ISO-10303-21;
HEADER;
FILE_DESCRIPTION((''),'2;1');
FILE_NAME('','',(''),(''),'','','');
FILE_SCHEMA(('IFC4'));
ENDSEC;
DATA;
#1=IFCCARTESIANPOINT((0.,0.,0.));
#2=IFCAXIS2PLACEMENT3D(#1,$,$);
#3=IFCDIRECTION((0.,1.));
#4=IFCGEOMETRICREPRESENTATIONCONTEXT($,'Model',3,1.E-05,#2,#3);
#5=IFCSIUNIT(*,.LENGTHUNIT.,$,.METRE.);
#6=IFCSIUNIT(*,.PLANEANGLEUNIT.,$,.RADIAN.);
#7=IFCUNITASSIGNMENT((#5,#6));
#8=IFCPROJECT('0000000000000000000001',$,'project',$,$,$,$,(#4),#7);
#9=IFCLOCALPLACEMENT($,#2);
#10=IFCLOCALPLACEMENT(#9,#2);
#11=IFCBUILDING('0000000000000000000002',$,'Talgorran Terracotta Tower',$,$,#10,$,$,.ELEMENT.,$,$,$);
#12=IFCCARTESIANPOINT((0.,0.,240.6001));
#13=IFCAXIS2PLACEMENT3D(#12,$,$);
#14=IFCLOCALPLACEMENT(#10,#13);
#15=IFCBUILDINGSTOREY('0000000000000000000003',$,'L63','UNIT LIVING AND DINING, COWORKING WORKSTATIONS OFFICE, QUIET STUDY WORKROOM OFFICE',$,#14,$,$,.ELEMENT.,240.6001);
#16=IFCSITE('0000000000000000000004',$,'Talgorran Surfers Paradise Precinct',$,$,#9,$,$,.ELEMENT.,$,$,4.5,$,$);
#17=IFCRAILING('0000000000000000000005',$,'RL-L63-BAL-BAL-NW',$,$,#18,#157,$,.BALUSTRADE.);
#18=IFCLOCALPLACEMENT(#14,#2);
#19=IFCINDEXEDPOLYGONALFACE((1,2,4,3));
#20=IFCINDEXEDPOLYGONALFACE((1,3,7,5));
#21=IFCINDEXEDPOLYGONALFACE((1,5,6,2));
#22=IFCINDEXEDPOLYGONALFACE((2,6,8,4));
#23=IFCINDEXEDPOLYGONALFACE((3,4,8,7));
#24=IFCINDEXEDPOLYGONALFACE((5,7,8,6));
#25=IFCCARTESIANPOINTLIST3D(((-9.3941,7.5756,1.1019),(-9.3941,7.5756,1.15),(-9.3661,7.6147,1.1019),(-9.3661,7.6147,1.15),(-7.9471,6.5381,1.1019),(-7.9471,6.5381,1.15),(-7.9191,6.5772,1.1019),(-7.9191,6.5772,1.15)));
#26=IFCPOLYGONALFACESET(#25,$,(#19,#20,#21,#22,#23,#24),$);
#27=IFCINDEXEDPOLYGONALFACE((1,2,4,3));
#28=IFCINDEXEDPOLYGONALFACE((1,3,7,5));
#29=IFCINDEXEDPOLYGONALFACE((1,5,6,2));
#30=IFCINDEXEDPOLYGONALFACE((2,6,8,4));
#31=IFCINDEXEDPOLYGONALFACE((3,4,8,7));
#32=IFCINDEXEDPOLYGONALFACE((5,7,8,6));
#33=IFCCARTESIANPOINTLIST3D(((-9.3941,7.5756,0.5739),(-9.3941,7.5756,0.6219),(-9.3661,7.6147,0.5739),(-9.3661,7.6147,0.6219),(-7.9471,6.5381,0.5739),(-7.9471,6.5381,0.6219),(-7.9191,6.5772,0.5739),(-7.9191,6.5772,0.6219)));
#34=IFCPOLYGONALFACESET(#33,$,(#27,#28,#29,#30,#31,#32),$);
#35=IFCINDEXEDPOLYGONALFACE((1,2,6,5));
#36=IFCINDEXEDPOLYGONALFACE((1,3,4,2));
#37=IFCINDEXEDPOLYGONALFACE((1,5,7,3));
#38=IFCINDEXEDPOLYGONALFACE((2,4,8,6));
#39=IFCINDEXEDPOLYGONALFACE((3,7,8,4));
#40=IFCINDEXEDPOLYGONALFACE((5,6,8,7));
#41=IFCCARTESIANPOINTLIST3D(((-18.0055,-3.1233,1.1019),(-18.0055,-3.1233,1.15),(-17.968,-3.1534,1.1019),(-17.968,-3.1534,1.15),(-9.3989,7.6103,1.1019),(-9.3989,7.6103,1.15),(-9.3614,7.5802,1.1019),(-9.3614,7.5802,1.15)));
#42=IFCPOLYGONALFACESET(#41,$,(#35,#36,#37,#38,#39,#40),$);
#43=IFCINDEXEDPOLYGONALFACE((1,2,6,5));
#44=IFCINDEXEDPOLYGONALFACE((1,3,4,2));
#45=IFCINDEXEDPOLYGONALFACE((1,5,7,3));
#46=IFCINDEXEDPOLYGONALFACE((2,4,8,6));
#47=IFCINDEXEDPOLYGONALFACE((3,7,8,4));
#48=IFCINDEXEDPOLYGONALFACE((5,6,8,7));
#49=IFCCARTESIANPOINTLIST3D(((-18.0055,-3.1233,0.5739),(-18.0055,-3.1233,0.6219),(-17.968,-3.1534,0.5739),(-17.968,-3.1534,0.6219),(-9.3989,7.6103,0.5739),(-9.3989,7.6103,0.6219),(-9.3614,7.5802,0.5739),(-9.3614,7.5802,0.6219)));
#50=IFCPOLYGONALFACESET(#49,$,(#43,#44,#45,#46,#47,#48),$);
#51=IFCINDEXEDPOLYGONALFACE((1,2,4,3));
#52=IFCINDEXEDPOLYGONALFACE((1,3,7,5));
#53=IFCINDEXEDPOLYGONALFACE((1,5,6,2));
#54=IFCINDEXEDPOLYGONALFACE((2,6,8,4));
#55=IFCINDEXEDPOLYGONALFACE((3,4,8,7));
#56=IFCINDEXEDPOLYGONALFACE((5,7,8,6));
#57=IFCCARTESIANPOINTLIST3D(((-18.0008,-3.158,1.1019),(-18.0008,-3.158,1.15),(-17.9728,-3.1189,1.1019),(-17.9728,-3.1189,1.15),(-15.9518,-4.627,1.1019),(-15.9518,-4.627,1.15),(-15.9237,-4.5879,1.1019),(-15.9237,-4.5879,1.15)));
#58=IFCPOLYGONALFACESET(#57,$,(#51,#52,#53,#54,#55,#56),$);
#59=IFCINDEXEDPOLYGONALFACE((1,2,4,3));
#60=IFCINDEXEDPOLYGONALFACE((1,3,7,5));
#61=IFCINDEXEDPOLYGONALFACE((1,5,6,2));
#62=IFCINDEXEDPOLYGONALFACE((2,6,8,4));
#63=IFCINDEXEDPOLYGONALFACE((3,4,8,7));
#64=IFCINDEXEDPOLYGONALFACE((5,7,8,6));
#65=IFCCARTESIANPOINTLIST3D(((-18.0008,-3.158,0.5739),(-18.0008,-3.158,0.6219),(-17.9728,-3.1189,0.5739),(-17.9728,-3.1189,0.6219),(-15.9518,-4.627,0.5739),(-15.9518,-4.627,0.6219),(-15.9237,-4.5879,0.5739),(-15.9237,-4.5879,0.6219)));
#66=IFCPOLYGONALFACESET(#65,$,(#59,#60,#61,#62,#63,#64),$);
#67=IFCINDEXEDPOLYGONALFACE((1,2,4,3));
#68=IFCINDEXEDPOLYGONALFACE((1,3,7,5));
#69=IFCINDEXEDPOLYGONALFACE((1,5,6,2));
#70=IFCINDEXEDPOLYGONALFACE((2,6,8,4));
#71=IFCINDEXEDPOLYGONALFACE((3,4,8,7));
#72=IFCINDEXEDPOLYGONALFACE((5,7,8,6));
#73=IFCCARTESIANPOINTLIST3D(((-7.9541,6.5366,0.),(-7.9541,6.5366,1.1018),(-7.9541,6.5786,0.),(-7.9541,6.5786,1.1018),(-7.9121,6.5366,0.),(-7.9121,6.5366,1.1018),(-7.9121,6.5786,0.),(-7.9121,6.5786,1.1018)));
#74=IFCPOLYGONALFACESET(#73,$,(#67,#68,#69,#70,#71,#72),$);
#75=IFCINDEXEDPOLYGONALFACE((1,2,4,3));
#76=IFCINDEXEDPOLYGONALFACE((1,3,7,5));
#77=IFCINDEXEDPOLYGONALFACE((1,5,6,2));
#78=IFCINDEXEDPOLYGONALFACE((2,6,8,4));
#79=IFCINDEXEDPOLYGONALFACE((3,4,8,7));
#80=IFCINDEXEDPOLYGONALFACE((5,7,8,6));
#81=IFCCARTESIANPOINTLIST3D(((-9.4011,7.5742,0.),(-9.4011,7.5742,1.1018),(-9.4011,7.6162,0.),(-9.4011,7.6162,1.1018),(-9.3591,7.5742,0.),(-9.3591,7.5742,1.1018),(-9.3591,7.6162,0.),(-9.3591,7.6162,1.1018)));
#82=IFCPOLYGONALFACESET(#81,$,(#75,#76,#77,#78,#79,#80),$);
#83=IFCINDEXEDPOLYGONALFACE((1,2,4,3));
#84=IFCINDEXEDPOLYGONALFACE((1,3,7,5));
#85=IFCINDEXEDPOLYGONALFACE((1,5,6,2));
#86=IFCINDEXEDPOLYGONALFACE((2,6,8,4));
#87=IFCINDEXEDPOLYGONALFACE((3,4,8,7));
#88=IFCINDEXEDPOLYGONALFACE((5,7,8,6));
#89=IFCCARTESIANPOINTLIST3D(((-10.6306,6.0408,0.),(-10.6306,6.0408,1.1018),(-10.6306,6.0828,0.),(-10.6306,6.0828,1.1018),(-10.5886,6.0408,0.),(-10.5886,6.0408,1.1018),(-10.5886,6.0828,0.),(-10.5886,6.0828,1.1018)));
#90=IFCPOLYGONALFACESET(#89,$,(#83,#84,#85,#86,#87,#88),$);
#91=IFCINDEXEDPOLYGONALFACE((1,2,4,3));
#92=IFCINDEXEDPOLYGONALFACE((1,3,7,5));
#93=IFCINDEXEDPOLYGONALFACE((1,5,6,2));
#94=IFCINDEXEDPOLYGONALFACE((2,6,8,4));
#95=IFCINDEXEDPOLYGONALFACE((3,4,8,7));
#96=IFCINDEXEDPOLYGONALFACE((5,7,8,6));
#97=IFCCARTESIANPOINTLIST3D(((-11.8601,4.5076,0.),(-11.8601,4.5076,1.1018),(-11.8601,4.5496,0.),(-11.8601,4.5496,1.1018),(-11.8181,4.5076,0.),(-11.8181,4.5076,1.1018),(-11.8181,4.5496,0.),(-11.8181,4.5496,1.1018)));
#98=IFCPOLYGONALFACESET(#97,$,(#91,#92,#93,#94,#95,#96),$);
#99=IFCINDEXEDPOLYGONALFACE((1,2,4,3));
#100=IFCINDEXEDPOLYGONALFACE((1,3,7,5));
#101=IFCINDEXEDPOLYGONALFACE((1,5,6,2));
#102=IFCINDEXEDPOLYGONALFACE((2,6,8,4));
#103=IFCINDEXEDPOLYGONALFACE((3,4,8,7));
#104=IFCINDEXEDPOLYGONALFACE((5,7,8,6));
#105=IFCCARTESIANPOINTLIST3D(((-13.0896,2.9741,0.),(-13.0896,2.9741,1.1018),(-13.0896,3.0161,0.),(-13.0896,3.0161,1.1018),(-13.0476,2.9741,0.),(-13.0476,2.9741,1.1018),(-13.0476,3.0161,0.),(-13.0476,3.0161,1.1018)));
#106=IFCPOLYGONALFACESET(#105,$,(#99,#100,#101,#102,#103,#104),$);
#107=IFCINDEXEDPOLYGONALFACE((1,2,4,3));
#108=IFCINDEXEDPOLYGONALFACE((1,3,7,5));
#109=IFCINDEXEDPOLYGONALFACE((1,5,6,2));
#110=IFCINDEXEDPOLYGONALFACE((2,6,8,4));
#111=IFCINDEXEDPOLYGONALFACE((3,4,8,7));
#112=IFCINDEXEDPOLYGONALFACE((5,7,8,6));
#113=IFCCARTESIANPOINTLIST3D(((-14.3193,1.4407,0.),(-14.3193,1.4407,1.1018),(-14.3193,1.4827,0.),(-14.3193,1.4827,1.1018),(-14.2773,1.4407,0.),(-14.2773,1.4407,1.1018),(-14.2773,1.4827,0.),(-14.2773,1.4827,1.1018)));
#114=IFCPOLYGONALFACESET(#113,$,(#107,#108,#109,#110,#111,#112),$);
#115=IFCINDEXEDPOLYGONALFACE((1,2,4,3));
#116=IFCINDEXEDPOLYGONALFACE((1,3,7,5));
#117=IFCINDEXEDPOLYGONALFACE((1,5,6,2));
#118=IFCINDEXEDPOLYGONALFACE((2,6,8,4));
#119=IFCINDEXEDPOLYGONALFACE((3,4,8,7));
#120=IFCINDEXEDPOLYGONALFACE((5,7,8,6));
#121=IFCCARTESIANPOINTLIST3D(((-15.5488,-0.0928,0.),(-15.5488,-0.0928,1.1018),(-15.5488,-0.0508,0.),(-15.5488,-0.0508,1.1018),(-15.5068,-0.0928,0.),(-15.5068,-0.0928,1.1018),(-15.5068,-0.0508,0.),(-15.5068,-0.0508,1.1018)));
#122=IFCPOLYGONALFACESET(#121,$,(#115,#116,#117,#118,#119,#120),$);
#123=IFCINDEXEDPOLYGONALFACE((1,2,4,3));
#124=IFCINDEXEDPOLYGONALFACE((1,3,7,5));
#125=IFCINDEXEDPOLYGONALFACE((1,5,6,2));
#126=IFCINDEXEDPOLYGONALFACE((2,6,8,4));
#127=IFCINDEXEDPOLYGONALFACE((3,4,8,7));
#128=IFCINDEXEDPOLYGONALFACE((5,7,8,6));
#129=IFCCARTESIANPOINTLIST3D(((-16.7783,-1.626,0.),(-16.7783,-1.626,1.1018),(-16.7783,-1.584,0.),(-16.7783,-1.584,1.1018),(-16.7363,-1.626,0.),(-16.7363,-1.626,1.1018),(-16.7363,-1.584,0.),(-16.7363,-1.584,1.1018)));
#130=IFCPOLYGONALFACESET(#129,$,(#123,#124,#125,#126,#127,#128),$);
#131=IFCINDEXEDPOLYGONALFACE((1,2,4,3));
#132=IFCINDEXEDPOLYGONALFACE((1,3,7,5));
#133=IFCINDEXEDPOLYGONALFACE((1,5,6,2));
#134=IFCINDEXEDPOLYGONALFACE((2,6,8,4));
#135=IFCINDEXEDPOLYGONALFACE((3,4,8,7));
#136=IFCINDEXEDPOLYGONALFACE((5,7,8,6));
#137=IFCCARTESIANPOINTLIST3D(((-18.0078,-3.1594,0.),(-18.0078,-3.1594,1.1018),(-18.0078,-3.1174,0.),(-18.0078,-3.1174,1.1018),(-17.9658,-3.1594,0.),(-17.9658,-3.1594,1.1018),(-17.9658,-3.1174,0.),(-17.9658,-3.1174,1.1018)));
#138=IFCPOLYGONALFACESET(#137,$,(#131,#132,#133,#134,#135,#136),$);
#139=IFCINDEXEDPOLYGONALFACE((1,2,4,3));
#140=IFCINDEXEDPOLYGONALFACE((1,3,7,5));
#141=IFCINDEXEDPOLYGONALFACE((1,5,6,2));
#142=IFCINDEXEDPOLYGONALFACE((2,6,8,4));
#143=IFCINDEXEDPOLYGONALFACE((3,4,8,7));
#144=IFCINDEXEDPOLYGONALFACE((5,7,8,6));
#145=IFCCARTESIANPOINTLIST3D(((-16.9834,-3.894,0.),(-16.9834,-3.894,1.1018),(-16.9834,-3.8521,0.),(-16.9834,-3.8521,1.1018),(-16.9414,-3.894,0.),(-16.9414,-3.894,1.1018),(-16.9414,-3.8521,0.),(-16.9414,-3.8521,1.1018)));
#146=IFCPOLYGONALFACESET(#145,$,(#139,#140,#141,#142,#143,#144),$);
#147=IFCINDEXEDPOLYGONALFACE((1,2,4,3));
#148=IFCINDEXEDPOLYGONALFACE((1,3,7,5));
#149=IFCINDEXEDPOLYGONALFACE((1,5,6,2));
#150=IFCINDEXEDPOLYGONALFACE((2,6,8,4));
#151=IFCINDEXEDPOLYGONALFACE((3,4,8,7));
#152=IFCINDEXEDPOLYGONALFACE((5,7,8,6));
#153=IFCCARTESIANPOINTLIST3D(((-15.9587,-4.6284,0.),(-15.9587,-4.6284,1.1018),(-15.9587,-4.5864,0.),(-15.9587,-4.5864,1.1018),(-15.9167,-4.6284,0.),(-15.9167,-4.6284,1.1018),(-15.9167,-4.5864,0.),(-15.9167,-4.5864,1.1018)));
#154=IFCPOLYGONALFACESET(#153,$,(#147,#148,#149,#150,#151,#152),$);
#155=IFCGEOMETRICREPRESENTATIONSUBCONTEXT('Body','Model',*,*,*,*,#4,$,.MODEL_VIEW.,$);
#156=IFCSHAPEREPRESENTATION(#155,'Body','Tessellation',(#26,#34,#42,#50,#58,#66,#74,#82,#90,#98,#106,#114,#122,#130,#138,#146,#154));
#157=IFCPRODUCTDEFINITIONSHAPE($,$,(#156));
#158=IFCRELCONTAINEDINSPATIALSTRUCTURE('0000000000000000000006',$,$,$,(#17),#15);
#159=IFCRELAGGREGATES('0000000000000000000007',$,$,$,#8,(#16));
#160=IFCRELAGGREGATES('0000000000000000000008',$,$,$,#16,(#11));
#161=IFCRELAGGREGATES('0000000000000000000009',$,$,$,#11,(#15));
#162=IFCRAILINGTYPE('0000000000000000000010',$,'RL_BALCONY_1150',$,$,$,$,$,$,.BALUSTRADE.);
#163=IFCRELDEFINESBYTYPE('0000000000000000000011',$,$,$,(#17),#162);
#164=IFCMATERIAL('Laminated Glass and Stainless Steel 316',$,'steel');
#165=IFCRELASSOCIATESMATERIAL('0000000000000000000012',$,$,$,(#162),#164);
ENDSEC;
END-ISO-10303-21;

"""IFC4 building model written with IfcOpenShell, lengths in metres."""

from ifc_helpers import new_model, si_unit, direction, frame, origin, origin_2d, place, context, subcontext, project, spatial, rectangle, extrude, material, type_object, element, save


model = new_model("IFC4")

# Units and contexts
model_context = context("Model", 3, precision=1e-05, world=origin(), true_north=direction((0.0, 1.0)))
body_context = subcontext(model_context, "Body", "Model", "MODEL_VIEW")
ifc_project = project(units=[si_unit("LENGTHUNIT", "METRE"), si_unit("PLANEANGLEUNIT", "RADIAN")], contexts=[model_context])

# Site, building, storey
site_placement = place(None, origin())
site = spatial("IfcSite", under=ifc_project, at=site_placement, Name="Talgorran Surfers Paradise Precinct", CompositionType="ELEMENT", RefElevation=4.5)
building_placement = place(site_placement, origin())
building = spatial("IfcBuilding", under=site, at=building_placement, Name="Talgorran Terracotta Tower", CompositionType="ELEMENT")
storey_placement = place(building_placement, frame((0.0, 0.0, 240.6001)))
storey = spatial("IfcBuildingStorey", under=building, at=storey_placement, Name="L63", Description="UNIT LIVING AND DINING, COWORKING WORKSTATIONS OFFICE, QUIET STUDY WORKROOM OFFICE", CompositionType="ELEMENT", Elevation=240.6001)

# Railing
ifc_material_1 = material(Name="Laminated Glass and Stainless Steel 316", Category="steel")
railing_type = type_object("IfcRailingType", Name="RL_BALCONY_1150", PredefinedType="BALUSTRADE", material=ifc_material_1)
railing_placement = place(storey_placement, frame((-7.9331, 6.5576, 0.0)))
element("IfcRailing", 1, at=railing_placement, inside=storey, type_object=railing_type, Name="RL-L63-BAL-BAL-NW", PredefinedType="BALUSTRADE", context=body_context, shape_type="SweptSolid", body=[
    extrude(rectangle(XDim=0.0481, YDim=0.0481, at=origin_2d()), frame((0.0, 0.0, 1.126), z_axis=(-0.812667, 0.582729, 0.0), x_axis=(-0.582729, -0.812667, 0.0)), (0.0, 0.0, 1.0), 1.7805),
    extrude(rectangle(XDim=0.0481, YDim=0.0481, at=origin_2d()), frame((0.0, 0.0, 0.5979), z_axis=(-0.812667, 0.582729, 0.0), x_axis=(-0.582729, -0.812667, 0.0)), (0.0, 0.0, 1.0), 1.7805),
    extrude(rectangle(XDim=0.0481, YDim=0.0481, at=origin_2d()), frame((-1.447, 1.0376, 1.126), z_axis=(-0.625571, -0.780167, 0.0), x_axis=(0.780167, -0.625571, 0.0)), (0.0, 0.0, 1.0), 13.7581),
    extrude(rectangle(XDim=0.0481, YDim=0.0481, at=origin_2d()), frame((-1.447, 1.0376, 0.5979), z_axis=(-0.625571, -0.780167, 0.0), x_axis=(0.780167, -0.625571, 0.0)), (0.0, 0.0, 1.0), 13.7581),
    extrude(rectangle(XDim=0.0481, YDim=0.0481, at=origin_2d()), frame((-10.0537, -9.696, 1.126), z_axis=(0.812725, -0.582648, 0.0), x_axis=(0.582648, 0.812725, 0.0)), (0.0, 0.0, 1.0), 2.5212),
    extrude(rectangle(XDim=0.0481, YDim=0.0481, at=origin_2d()), frame((-10.0537, -9.696, 0.5979), z_axis=(0.812725, -0.582648, 0.0), x_axis=(0.582648, 0.812725, 0.0)), (0.0, 0.0, 1.0), 2.5212),
    extrude(rectangle(XDim=0.042, YDim=0.042, at=origin_2d()), origin(), (0.0, 0.0, 1.0), 1.1018),
    extrude(rectangle(XDim=0.042, YDim=0.042, at=origin_2d()), frame((-1.447, 1.0376, 0.0)), (0.0, 0.0, 1.0), 1.1018),
    extrude(rectangle(XDim=0.042, YDim=0.042, at=origin_2d()), frame((-2.6765, -0.4958, 0.0)), (0.0, 0.0, 1.0), 1.1018),
    extrude(rectangle(XDim=0.042, YDim=0.042, at=origin_2d()), frame((-3.906, -2.0291, 0.0)), (0.0, 0.0, 1.0), 1.1018),
    extrude(rectangle(XDim=0.042, YDim=0.042, at=origin_2d()), frame((-5.1355, -3.5625, 0.0)), (0.0, 0.0, 1.0), 1.1018),
    extrude(rectangle(XDim=0.042, YDim=0.042, at=origin_2d()), frame((-6.3652, -5.0959, 0.0)), (0.0, 0.0, 1.0), 1.1018),
    extrude(rectangle(XDim=0.042, YDim=0.042, at=origin_2d()), frame((-7.5947, -6.6294, 0.0)), (0.0, 0.0, 1.0), 1.1018),
    extrude(rectangle(XDim=0.042, YDim=0.042, at=origin_2d()), frame((-8.8242, -8.1626, 0.0)), (0.0, 0.0, 1.0), 1.1018),
    extrude(rectangle(XDim=0.042, YDim=0.042, at=origin_2d()), frame((-10.0537, -9.696, 0.0)), (0.0, 0.0, 1.0), 1.1018),
    extrude(rectangle(XDim=0.042, YDim=0.042, at=origin_2d()), frame((-9.0293, -10.4307, 0.0)), (0.0, 0.0, 1.0), 1.1018),
    extrude(rectangle(XDim=0.042, YDim=0.042, at=origin_2d()), frame((-8.0046, -11.165, 0.0)), (0.0, 0.0, 1.0), 1.1018),
])

save(model, "model.ifc")
